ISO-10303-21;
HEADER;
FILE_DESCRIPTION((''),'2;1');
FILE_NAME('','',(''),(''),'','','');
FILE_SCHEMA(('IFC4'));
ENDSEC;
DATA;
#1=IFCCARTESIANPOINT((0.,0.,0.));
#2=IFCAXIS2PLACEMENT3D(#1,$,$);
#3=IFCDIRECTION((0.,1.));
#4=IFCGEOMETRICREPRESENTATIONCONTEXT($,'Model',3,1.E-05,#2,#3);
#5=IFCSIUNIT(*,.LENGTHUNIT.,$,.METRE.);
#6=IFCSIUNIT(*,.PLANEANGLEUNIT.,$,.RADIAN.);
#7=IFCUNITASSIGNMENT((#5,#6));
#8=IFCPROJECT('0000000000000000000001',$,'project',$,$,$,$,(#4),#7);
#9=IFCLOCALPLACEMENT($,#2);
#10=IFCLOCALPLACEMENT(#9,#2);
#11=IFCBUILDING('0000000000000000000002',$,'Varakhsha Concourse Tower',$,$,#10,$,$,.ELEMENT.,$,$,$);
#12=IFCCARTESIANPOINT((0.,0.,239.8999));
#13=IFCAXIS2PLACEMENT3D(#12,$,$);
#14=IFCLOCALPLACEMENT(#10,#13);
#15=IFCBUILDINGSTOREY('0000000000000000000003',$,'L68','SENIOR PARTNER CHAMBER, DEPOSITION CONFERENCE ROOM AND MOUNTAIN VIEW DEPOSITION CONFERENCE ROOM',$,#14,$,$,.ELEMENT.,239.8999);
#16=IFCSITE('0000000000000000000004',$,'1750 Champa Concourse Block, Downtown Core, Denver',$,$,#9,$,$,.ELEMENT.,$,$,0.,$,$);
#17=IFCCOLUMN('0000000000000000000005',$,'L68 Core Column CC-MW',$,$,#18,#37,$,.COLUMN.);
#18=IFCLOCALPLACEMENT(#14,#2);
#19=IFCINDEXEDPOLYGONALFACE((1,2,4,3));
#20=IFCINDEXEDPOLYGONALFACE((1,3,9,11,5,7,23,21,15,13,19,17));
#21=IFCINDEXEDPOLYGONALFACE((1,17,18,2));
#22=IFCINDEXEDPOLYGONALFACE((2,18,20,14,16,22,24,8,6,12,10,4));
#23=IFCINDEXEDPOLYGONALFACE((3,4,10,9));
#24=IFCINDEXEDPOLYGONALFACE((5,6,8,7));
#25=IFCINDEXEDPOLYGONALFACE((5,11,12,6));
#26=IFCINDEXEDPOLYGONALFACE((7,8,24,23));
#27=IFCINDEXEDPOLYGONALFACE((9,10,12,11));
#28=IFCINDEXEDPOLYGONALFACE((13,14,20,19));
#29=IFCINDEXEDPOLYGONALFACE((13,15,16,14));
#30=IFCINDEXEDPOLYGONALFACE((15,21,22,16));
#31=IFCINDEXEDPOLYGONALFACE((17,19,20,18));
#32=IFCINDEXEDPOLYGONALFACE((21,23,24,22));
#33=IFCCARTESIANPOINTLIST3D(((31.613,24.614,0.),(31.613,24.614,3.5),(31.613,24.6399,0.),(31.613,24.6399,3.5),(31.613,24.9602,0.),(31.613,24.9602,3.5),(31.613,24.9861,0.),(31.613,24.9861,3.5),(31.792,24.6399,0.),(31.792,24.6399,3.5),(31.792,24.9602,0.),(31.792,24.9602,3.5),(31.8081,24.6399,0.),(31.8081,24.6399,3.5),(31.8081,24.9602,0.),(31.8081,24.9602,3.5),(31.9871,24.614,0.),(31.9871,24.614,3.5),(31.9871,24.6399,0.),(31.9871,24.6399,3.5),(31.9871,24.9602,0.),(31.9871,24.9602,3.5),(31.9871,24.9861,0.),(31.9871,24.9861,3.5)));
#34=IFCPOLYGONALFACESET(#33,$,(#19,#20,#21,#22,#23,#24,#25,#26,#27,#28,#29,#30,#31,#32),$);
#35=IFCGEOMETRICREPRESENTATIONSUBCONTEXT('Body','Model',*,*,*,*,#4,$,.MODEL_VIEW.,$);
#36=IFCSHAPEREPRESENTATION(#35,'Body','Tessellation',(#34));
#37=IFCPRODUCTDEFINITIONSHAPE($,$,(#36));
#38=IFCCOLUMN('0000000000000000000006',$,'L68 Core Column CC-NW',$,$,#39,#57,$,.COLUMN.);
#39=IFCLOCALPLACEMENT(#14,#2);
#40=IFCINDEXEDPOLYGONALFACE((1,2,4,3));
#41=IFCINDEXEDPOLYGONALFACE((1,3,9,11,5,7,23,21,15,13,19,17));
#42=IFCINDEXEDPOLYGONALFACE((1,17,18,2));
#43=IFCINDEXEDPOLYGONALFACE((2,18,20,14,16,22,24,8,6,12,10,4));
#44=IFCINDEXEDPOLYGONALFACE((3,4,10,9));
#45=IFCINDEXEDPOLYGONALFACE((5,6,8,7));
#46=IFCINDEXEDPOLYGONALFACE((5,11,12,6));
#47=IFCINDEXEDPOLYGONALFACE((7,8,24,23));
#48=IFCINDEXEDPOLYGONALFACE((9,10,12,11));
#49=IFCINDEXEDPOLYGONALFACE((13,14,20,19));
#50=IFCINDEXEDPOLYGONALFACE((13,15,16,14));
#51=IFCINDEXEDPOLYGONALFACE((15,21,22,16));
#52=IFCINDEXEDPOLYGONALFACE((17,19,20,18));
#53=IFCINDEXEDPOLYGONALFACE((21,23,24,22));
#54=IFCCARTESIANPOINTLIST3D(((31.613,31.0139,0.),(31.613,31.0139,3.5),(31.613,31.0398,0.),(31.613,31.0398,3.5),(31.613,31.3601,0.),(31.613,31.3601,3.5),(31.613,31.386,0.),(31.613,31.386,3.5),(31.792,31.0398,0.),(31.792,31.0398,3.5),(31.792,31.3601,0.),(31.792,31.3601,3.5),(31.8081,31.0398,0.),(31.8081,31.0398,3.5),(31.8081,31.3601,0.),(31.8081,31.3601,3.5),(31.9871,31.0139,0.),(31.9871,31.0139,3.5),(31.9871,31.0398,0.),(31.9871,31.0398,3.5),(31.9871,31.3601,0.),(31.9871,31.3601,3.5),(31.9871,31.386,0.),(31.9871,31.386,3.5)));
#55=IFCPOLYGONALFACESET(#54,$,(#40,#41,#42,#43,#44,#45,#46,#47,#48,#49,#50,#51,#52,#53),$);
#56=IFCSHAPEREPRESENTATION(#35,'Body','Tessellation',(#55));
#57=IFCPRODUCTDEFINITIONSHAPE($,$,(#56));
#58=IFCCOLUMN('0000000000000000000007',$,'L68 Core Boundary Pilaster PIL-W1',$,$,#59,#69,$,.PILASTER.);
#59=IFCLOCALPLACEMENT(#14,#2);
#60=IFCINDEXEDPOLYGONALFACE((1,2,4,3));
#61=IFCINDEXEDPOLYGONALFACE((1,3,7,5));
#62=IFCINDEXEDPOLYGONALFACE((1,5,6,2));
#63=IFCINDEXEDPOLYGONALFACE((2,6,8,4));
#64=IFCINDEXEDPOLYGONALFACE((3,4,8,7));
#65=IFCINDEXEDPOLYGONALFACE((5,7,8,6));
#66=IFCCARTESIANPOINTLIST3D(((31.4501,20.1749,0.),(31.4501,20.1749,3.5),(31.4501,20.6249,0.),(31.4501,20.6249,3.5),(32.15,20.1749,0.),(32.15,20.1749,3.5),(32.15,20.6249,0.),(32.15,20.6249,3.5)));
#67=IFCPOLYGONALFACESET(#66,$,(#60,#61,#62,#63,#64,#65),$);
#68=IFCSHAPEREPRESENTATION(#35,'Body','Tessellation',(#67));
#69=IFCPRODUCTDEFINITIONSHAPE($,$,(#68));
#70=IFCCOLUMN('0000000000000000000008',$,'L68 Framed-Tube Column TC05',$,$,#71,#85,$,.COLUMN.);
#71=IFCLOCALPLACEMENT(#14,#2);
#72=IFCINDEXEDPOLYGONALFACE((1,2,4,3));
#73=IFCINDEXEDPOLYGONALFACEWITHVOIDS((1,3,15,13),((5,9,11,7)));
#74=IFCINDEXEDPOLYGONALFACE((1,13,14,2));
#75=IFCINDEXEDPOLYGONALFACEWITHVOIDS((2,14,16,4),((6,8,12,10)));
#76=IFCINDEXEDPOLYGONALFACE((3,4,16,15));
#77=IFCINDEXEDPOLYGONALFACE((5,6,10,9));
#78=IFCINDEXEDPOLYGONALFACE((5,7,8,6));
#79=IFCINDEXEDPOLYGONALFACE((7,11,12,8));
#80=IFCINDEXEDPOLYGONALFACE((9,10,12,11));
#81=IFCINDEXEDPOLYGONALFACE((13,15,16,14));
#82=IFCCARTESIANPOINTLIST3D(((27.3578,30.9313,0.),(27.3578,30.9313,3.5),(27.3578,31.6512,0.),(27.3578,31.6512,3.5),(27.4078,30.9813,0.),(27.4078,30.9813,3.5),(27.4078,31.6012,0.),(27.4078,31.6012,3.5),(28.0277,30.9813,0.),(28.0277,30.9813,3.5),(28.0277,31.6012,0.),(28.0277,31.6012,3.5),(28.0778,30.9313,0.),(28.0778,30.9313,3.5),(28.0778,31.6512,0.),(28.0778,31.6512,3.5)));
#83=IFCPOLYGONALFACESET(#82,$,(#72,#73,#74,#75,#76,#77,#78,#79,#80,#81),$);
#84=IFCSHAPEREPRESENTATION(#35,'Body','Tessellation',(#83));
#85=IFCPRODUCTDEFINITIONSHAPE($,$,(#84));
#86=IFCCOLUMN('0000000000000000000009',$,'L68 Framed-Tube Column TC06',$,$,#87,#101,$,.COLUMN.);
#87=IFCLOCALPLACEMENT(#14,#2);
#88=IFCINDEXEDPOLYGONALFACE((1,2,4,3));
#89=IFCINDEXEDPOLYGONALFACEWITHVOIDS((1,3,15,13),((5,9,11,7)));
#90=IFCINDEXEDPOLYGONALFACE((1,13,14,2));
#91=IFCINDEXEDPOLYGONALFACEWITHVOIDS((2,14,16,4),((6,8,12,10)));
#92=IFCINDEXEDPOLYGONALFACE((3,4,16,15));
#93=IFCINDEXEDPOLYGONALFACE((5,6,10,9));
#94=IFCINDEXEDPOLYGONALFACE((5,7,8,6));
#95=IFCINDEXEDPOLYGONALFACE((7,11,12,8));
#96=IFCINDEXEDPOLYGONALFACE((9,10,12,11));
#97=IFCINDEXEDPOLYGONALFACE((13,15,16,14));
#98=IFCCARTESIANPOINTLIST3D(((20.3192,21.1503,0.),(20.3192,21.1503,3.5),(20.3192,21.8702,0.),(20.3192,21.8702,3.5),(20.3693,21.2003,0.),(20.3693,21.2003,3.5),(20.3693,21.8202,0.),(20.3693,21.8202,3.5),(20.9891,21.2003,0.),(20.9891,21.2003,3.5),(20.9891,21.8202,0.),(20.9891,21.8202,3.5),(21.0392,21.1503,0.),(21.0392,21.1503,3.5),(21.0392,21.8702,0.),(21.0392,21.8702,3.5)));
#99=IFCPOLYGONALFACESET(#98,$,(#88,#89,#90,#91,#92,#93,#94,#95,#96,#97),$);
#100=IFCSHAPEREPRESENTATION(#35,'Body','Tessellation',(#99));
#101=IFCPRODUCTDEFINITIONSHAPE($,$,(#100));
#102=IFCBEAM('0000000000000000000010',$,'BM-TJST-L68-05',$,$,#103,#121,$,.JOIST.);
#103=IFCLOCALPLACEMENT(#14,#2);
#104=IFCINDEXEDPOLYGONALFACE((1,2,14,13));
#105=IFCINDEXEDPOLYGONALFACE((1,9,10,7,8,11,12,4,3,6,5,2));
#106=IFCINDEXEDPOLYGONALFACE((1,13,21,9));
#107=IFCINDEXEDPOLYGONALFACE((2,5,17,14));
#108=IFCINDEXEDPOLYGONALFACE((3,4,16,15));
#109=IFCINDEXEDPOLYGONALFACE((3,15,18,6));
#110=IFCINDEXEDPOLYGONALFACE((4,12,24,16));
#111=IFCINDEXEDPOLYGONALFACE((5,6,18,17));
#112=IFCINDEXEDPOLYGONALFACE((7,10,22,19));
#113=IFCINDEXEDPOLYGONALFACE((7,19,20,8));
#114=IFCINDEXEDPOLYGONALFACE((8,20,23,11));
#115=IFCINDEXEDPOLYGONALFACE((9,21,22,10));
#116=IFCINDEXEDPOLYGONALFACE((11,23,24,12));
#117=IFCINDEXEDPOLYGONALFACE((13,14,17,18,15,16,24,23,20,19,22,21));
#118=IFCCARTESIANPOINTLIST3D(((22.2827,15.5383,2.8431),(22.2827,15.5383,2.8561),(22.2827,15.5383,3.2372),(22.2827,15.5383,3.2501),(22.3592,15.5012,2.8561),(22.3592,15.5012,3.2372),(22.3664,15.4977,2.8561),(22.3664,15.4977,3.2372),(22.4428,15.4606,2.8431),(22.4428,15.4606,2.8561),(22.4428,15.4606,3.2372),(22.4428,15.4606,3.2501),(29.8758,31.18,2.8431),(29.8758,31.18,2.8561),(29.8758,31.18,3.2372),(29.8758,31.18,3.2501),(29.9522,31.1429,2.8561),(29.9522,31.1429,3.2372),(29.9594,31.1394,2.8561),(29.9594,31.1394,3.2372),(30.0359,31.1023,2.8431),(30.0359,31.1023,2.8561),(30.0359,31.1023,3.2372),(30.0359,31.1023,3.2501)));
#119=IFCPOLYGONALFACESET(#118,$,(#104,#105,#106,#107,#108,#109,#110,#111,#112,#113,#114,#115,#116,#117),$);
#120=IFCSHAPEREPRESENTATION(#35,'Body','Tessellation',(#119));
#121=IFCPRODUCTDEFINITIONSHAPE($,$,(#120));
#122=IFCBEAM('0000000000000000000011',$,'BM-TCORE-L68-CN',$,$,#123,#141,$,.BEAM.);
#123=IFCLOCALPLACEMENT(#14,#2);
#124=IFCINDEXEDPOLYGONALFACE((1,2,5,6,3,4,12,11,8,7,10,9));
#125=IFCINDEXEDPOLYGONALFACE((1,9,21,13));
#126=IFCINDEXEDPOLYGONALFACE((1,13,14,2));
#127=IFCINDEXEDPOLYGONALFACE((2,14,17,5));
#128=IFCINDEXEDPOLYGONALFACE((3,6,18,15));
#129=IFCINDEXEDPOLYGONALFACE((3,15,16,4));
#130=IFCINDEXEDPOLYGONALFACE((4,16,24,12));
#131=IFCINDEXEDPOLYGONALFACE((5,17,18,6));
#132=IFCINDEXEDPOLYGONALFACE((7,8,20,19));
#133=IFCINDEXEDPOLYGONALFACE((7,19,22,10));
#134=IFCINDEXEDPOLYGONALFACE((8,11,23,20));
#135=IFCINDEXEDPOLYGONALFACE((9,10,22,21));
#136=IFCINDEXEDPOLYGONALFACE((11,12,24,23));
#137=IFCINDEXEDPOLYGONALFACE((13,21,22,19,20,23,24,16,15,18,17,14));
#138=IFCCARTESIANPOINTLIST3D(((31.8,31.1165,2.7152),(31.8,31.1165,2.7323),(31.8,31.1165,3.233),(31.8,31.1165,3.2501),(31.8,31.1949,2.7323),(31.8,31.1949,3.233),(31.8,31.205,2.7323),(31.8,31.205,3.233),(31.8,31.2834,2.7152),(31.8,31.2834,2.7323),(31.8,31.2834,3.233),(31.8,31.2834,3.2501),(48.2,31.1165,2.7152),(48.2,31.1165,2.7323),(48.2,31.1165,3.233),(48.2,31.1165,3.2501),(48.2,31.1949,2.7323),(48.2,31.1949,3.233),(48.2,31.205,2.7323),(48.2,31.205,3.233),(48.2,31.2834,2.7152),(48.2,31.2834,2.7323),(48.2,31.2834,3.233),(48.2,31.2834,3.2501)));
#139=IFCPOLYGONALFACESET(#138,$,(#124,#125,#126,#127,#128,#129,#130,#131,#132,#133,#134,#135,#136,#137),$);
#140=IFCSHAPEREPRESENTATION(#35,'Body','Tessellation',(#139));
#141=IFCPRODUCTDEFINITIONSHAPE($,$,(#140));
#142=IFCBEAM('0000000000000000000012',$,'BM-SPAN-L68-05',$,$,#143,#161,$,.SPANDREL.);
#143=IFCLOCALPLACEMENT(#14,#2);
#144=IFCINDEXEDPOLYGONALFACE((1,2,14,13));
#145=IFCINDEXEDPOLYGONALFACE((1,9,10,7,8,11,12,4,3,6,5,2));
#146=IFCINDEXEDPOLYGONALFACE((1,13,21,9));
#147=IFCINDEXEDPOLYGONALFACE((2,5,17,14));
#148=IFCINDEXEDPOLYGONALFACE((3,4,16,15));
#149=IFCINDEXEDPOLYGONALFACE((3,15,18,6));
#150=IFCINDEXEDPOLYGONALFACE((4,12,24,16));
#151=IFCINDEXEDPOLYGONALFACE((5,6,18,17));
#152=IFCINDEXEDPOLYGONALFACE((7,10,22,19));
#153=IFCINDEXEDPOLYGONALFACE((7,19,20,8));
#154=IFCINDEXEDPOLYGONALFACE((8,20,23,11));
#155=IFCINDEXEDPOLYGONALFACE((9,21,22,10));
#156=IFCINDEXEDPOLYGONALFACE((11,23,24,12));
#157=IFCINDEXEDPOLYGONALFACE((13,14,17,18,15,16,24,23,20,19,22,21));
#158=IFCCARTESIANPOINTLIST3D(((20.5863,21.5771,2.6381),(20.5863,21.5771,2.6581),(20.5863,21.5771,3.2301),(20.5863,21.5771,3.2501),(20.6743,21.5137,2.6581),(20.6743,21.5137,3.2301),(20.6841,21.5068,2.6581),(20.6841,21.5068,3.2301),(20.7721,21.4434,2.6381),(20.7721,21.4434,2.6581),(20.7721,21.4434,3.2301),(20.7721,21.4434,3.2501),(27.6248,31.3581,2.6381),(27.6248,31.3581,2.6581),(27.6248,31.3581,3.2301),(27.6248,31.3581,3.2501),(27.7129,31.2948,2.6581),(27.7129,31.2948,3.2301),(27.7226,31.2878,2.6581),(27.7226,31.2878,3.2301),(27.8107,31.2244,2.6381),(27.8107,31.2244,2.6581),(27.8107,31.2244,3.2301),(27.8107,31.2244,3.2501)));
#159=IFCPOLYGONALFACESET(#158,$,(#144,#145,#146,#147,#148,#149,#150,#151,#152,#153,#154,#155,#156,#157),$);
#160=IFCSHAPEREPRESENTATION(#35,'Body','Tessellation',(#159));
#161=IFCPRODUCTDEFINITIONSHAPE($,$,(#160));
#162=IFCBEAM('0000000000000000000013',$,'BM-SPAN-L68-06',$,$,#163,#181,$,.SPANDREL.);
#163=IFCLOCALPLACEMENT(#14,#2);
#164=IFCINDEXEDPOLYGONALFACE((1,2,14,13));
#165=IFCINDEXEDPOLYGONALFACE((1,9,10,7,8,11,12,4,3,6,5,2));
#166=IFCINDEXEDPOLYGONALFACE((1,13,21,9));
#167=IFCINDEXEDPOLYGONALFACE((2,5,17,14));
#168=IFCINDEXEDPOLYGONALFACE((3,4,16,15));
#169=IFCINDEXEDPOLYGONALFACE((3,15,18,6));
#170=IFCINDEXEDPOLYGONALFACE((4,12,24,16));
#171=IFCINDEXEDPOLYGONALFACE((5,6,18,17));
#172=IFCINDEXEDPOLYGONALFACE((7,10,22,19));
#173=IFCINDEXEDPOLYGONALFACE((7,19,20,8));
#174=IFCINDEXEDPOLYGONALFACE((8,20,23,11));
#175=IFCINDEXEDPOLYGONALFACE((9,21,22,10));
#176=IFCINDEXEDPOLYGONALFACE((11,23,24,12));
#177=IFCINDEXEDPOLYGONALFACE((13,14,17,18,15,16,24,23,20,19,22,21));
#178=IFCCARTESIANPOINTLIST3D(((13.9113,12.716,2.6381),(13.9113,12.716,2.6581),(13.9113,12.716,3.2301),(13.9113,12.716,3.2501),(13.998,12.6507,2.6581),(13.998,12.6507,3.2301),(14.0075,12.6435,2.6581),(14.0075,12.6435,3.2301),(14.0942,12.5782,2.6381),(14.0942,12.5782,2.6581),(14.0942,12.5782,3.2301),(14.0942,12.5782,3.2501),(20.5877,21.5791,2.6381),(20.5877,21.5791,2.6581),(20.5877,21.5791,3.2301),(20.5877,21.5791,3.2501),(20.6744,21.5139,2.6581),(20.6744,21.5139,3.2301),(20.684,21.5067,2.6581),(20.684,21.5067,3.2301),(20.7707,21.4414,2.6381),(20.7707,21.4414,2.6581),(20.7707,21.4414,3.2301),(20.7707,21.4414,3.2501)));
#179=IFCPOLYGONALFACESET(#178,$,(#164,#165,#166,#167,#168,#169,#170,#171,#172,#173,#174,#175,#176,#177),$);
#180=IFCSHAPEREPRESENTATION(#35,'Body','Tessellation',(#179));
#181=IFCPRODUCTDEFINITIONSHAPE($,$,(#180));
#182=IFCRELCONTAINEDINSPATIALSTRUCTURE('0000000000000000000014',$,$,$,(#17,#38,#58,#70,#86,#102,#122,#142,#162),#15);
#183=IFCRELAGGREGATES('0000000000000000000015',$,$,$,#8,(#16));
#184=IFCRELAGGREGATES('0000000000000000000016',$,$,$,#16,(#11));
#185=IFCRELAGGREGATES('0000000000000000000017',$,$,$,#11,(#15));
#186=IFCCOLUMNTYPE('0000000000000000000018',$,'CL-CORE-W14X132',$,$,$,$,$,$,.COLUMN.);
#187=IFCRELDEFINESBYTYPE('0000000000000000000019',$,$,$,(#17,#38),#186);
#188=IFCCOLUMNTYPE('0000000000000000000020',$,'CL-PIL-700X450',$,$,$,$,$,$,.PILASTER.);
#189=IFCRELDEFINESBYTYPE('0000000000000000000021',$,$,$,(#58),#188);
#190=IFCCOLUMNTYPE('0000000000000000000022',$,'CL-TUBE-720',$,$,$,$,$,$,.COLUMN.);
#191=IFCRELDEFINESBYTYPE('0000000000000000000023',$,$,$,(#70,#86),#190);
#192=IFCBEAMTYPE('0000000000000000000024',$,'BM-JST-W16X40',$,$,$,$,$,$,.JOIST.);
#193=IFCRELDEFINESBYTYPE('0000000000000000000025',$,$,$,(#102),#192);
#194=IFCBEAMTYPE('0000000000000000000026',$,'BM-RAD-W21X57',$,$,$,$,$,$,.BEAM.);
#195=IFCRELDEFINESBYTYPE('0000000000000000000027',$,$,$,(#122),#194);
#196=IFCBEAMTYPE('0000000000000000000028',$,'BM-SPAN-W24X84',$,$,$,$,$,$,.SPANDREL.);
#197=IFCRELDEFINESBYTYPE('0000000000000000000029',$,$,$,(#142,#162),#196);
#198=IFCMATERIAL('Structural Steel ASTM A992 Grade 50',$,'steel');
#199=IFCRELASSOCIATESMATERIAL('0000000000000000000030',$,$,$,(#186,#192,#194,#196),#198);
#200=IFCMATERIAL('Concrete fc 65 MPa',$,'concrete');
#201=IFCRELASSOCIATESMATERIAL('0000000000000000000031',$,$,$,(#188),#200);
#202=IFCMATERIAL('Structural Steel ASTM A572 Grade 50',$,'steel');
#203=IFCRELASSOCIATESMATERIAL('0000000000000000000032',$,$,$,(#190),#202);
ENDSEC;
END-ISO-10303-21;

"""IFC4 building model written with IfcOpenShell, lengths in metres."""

from ifc_helpers import new_model, si_unit, direction, frame, origin, origin_2d, place, context, subcontext, project, spatial, rectangle, hollow_rectangle, i_section, extrude, material, material_profile, profile_set, type_object, element, save


model = new_model("IFC4")

# Units and contexts
model_context = context("Model", 3, precision=1e-05, world=origin(), true_north=direction((0.0, 1.0)))
body_context = subcontext(model_context, "Body", "Model", "MODEL_VIEW")
ifc_project = project(units=[si_unit("LENGTHUNIT", "METRE"), si_unit("PLANEANGLEUNIT", "RADIAN")], contexts=[model_context])

# Site, building, storey
site_placement = place(None, origin())
site = spatial("IfcSite", under=ifc_project, at=site_placement, Name="1750 Champa Concourse Block, Downtown Core, Denver", CompositionType="ELEMENT", RefElevation=0.0)
building_placement = place(site_placement, origin())
building = spatial("IfcBuilding", under=site, at=building_placement, Name="Varakhsha Concourse Tower", CompositionType="ELEMENT")
storey_placement = place(building_placement, frame((0.0, 0.0, 239.8999)))
storey = spatial("IfcBuildingStorey", under=building, at=storey_placement, Name="L68", Description="SENIOR PARTNER CHAMBER, DEPOSITION CONFERENCE ROOM AND MOUNTAIN VIEW DEPOSITION CONFERENCE ROOM", CompositionType="ELEMENT", Elevation=239.8999)

# Columns
ifc_material_1 = material(Name="Structural Steel ASTM A992 Grade 50", Category="steel")
ifc_material_profile_1 = material_profile(ifc_material_1, i_section(OverallWidth=0.374, OverallDepth=0.3721, WebThickness=0.0161, FlangeThickness=0.0259, at=origin_2d()), Name="W14X132")
ifc_profile_set_1 = profile_set([ifc_material_profile_1], Name="Structural Steel ASTM A992 Grade 50")
column_type_1 = type_object("IfcColumnType", Name="CL-CORE-W14X132", PredefinedType="COLUMN", material=ifc_profile_set_1)
for number, where, z_axis, x_axis, name in (
    (1, (31.8, 24.8, 0.0), (0.0, 0.0, 1.0), (1.0, 0.0, 0.0), "L68 Core Column CC-MW"),
    (2, (31.8, 31.2, 0.0), (0.0, 0.0, 1.0), (1.0, 0.0, 0.0), "L68 Core Column CC-NW"),
):
    element("IfcColumn", number, at=place(storey_placement, frame(where, z_axis=z_axis, x_axis=x_axis)), inside=storey, type_object=column_type_1, Name=name, PredefinedType="COLUMN", context=body_context, shape_type="SweptSolid", body=[
        extrude(i_section(OverallWidth=0.374, OverallDepth=0.3721, WebThickness=0.0161, FlangeThickness=0.0259, at=origin_2d()), origin(), (0.0, 0.0, 1.0), 3.5),
    ])
ifc_material_2 = material(Name="Concrete fc 65 MPa", Category="concrete")
ifc_material_profile_2 = material_profile(ifc_material_2, rectangle(XDim=0.7, YDim=0.45, at=origin_2d()), Name="RC 700x450")
ifc_profile_set_2 = profile_set([ifc_material_profile_2], Name="Concrete fc 65 MPa")
column_type_2 = type_object("IfcColumnType", Name="CL-PIL-700X450", PredefinedType="PILASTER", material=ifc_profile_set_2)
column_placement = place(storey_placement, frame((31.8, 20.3999, 0.0), z_axis=(0.0, 0.0, 1.0), x_axis=(1.0, 0.0, 0.0)))
element("IfcColumn", 3, at=column_placement, inside=storey, type_object=column_type_2, Name="L68 Core Boundary Pilaster PIL-W1", PredefinedType="PILASTER", context=body_context, shape_type="SweptSolid", body=[
    extrude(rectangle(XDim=0.7, YDim=0.45, at=origin_2d()), origin(), (0.0, 0.0, 1.0), 3.5),
])
ifc_material_3 = material(Name="Structural Steel ASTM A572 Grade 50", Category="steel")
ifc_material_profile_3 = material_profile(ifc_material_3, hollow_rectangle(XDim=0.72, YDim=0.72, WallThickness=0.05, at=origin_2d()), Name="BOX 720x720x50")
ifc_profile_set_3 = profile_set([ifc_material_profile_3], Name="Structural Steel ASTM A572 Grade 50")
column_type_3 = type_object("IfcColumnType", Name="CL-TUBE-720", PredefinedType="COLUMN", material=ifc_profile_set_3)
for number, where, z_axis, x_axis, name in (
    (4, (27.7178, 31.2913, 0.0), (0.0, 0.0, 1.0), (1.0, 0.0, 0.0), "L68 Framed-Tube Column TC05"),
    (5, (20.6792, 21.5103, 0.0), (0.0, 0.0, 1.0), (1.0, 0.0, 0.0), "L68 Framed-Tube Column TC06"),
):
    element("IfcColumn", number, at=place(storey_placement, frame(where, z_axis=z_axis, x_axis=x_axis)), inside=storey, type_object=column_type_3, Name=name, PredefinedType="COLUMN", context=body_context, shape_type="SweptSolid", body=[
        extrude(hollow_rectangle(XDim=0.72, YDim=0.72, WallThickness=0.05, at=origin_2d()), origin(), (0.0, 0.0, 1.0), 3.5),
    ])

# Beams
ifc_material_profile_4 = material_profile(ifc_material_1, i_section(OverallWidth=0.178, OverallDepth=0.407, WebThickness=0.0081, FlangeThickness=0.0129, at=origin_2d()), Name="W16X40")
ifc_profile_set_4 = profile_set([ifc_material_profile_4], Name="Structural Steel ASTM A992 Grade 50")
beam_type_1 = type_object("IfcBeamType", Name="BM-JST-W16X40", PredefinedType="JOIST", material=ifc_profile_set_4)
beam_1_placement = place(storey_placement, frame((29.9558, 31.1411, 3.0466), z_axis=(-0.436702, -0.899606, 0.0), x_axis=(0.899606, -0.436702, 0.0)))
element("IfcBeam", 6, at=beam_1_placement, inside=storey, type_object=beam_type_1, Name="BM-TJST-L68-05", PredefinedType="JOIST", context=body_context, shape_type="SweptSolid", body=[
    extrude(i_section(OverallWidth=0.178, OverallDepth=0.407, WebThickness=0.0081, FlangeThickness=0.0129, at=origin_2d()), origin(), (0.0, 0.0, 1.0), 17.3872),
])
ifc_material_profile_5 = material_profile(ifc_material_1, i_section(OverallWidth=0.167, OverallDepth=0.5349, WebThickness=0.01, FlangeThickness=0.0171, at=origin_2d()), Name="W21X57")
ifc_profile_set_5 = profile_set([ifc_material_profile_5], Name="Structural Steel ASTM A992 Grade 50")
beam_type_2 = type_object("IfcBeamType", Name="BM-RAD-W21X57", PredefinedType="BEAM", material=ifc_profile_set_5)
beam_2_placement = place(storey_placement, frame((31.8, 31.2, 2.9827), z_axis=(1.0, 0.0, 0.0), x_axis=(0.0, 1.0, 0.0)))
element("IfcBeam", 7, at=beam_2_placement, inside=storey, type_object=beam_type_2, Name="BM-TCORE-L68-CN", PredefinedType="BEAM", context=body_context, shape_type="SweptSolid", body=[
    extrude(i_section(OverallWidth=0.167, OverallDepth=0.5349, WebThickness=0.01, FlangeThickness=0.0171, at=origin_2d()), origin(), (0.0, 0.0, 1.0), 16.3999),
])
ifc_material_profile_6 = material_profile(ifc_material_1, i_section(OverallWidth=0.229, OverallDepth=0.6121, WebThickness=0.012, FlangeThickness=0.02, at=origin_2d()), Name="W24X84")
ifc_profile_set_6 = profile_set([ifc_material_profile_6], Name="Structural Steel ASTM A992 Grade 50")
beam_type_3 = type_object("IfcBeamType", Name="BM-SPAN-W24X84", PredefinedType="SPANDREL", material=ifc_profile_set_6)
beam_3_placement = place(storey_placement, frame((27.7178, 31.2913, 2.9441), z_axis=(-0.5841, -0.811682, 0.0), x_axis=(0.811682, -0.5841, 0.0)))
element("IfcBeam", 8, at=beam_3_placement, inside=storey, type_object=beam_type_3, Name="BM-SPAN-L68-05", PredefinedType="SPANDREL", context=body_context, shape_type="SweptSolid", body=[
    extrude(i_section(OverallWidth=0.229, OverallDepth=0.6121, WebThickness=0.012, FlangeThickness=0.02, at=origin_2d()), origin(), (0.0, 0.0, 1.0), 12.0503),
])
beam_4_placement = place(storey_placement, frame((20.6792, 21.5103, 2.9441), z_axis=(-0.601674, -0.798742, 0.0), x_axis=(0.798742, -0.601674, 0.0)))
element("IfcBeam", 9, at=beam_4_placement, inside=storey, type_object=beam_type_3, Name="BM-SPAN-L68-06", PredefinedType="SPANDREL", context=body_context, shape_type="SweptSolid", body=[
    extrude(i_section(OverallWidth=0.229, OverallDepth=0.6121, WebThickness=0.012, FlangeThickness=0.02, at=origin_2d()), origin(), (0.0, 0.0, 1.0), 11.0964),
])

save(model, "model.ifc")
